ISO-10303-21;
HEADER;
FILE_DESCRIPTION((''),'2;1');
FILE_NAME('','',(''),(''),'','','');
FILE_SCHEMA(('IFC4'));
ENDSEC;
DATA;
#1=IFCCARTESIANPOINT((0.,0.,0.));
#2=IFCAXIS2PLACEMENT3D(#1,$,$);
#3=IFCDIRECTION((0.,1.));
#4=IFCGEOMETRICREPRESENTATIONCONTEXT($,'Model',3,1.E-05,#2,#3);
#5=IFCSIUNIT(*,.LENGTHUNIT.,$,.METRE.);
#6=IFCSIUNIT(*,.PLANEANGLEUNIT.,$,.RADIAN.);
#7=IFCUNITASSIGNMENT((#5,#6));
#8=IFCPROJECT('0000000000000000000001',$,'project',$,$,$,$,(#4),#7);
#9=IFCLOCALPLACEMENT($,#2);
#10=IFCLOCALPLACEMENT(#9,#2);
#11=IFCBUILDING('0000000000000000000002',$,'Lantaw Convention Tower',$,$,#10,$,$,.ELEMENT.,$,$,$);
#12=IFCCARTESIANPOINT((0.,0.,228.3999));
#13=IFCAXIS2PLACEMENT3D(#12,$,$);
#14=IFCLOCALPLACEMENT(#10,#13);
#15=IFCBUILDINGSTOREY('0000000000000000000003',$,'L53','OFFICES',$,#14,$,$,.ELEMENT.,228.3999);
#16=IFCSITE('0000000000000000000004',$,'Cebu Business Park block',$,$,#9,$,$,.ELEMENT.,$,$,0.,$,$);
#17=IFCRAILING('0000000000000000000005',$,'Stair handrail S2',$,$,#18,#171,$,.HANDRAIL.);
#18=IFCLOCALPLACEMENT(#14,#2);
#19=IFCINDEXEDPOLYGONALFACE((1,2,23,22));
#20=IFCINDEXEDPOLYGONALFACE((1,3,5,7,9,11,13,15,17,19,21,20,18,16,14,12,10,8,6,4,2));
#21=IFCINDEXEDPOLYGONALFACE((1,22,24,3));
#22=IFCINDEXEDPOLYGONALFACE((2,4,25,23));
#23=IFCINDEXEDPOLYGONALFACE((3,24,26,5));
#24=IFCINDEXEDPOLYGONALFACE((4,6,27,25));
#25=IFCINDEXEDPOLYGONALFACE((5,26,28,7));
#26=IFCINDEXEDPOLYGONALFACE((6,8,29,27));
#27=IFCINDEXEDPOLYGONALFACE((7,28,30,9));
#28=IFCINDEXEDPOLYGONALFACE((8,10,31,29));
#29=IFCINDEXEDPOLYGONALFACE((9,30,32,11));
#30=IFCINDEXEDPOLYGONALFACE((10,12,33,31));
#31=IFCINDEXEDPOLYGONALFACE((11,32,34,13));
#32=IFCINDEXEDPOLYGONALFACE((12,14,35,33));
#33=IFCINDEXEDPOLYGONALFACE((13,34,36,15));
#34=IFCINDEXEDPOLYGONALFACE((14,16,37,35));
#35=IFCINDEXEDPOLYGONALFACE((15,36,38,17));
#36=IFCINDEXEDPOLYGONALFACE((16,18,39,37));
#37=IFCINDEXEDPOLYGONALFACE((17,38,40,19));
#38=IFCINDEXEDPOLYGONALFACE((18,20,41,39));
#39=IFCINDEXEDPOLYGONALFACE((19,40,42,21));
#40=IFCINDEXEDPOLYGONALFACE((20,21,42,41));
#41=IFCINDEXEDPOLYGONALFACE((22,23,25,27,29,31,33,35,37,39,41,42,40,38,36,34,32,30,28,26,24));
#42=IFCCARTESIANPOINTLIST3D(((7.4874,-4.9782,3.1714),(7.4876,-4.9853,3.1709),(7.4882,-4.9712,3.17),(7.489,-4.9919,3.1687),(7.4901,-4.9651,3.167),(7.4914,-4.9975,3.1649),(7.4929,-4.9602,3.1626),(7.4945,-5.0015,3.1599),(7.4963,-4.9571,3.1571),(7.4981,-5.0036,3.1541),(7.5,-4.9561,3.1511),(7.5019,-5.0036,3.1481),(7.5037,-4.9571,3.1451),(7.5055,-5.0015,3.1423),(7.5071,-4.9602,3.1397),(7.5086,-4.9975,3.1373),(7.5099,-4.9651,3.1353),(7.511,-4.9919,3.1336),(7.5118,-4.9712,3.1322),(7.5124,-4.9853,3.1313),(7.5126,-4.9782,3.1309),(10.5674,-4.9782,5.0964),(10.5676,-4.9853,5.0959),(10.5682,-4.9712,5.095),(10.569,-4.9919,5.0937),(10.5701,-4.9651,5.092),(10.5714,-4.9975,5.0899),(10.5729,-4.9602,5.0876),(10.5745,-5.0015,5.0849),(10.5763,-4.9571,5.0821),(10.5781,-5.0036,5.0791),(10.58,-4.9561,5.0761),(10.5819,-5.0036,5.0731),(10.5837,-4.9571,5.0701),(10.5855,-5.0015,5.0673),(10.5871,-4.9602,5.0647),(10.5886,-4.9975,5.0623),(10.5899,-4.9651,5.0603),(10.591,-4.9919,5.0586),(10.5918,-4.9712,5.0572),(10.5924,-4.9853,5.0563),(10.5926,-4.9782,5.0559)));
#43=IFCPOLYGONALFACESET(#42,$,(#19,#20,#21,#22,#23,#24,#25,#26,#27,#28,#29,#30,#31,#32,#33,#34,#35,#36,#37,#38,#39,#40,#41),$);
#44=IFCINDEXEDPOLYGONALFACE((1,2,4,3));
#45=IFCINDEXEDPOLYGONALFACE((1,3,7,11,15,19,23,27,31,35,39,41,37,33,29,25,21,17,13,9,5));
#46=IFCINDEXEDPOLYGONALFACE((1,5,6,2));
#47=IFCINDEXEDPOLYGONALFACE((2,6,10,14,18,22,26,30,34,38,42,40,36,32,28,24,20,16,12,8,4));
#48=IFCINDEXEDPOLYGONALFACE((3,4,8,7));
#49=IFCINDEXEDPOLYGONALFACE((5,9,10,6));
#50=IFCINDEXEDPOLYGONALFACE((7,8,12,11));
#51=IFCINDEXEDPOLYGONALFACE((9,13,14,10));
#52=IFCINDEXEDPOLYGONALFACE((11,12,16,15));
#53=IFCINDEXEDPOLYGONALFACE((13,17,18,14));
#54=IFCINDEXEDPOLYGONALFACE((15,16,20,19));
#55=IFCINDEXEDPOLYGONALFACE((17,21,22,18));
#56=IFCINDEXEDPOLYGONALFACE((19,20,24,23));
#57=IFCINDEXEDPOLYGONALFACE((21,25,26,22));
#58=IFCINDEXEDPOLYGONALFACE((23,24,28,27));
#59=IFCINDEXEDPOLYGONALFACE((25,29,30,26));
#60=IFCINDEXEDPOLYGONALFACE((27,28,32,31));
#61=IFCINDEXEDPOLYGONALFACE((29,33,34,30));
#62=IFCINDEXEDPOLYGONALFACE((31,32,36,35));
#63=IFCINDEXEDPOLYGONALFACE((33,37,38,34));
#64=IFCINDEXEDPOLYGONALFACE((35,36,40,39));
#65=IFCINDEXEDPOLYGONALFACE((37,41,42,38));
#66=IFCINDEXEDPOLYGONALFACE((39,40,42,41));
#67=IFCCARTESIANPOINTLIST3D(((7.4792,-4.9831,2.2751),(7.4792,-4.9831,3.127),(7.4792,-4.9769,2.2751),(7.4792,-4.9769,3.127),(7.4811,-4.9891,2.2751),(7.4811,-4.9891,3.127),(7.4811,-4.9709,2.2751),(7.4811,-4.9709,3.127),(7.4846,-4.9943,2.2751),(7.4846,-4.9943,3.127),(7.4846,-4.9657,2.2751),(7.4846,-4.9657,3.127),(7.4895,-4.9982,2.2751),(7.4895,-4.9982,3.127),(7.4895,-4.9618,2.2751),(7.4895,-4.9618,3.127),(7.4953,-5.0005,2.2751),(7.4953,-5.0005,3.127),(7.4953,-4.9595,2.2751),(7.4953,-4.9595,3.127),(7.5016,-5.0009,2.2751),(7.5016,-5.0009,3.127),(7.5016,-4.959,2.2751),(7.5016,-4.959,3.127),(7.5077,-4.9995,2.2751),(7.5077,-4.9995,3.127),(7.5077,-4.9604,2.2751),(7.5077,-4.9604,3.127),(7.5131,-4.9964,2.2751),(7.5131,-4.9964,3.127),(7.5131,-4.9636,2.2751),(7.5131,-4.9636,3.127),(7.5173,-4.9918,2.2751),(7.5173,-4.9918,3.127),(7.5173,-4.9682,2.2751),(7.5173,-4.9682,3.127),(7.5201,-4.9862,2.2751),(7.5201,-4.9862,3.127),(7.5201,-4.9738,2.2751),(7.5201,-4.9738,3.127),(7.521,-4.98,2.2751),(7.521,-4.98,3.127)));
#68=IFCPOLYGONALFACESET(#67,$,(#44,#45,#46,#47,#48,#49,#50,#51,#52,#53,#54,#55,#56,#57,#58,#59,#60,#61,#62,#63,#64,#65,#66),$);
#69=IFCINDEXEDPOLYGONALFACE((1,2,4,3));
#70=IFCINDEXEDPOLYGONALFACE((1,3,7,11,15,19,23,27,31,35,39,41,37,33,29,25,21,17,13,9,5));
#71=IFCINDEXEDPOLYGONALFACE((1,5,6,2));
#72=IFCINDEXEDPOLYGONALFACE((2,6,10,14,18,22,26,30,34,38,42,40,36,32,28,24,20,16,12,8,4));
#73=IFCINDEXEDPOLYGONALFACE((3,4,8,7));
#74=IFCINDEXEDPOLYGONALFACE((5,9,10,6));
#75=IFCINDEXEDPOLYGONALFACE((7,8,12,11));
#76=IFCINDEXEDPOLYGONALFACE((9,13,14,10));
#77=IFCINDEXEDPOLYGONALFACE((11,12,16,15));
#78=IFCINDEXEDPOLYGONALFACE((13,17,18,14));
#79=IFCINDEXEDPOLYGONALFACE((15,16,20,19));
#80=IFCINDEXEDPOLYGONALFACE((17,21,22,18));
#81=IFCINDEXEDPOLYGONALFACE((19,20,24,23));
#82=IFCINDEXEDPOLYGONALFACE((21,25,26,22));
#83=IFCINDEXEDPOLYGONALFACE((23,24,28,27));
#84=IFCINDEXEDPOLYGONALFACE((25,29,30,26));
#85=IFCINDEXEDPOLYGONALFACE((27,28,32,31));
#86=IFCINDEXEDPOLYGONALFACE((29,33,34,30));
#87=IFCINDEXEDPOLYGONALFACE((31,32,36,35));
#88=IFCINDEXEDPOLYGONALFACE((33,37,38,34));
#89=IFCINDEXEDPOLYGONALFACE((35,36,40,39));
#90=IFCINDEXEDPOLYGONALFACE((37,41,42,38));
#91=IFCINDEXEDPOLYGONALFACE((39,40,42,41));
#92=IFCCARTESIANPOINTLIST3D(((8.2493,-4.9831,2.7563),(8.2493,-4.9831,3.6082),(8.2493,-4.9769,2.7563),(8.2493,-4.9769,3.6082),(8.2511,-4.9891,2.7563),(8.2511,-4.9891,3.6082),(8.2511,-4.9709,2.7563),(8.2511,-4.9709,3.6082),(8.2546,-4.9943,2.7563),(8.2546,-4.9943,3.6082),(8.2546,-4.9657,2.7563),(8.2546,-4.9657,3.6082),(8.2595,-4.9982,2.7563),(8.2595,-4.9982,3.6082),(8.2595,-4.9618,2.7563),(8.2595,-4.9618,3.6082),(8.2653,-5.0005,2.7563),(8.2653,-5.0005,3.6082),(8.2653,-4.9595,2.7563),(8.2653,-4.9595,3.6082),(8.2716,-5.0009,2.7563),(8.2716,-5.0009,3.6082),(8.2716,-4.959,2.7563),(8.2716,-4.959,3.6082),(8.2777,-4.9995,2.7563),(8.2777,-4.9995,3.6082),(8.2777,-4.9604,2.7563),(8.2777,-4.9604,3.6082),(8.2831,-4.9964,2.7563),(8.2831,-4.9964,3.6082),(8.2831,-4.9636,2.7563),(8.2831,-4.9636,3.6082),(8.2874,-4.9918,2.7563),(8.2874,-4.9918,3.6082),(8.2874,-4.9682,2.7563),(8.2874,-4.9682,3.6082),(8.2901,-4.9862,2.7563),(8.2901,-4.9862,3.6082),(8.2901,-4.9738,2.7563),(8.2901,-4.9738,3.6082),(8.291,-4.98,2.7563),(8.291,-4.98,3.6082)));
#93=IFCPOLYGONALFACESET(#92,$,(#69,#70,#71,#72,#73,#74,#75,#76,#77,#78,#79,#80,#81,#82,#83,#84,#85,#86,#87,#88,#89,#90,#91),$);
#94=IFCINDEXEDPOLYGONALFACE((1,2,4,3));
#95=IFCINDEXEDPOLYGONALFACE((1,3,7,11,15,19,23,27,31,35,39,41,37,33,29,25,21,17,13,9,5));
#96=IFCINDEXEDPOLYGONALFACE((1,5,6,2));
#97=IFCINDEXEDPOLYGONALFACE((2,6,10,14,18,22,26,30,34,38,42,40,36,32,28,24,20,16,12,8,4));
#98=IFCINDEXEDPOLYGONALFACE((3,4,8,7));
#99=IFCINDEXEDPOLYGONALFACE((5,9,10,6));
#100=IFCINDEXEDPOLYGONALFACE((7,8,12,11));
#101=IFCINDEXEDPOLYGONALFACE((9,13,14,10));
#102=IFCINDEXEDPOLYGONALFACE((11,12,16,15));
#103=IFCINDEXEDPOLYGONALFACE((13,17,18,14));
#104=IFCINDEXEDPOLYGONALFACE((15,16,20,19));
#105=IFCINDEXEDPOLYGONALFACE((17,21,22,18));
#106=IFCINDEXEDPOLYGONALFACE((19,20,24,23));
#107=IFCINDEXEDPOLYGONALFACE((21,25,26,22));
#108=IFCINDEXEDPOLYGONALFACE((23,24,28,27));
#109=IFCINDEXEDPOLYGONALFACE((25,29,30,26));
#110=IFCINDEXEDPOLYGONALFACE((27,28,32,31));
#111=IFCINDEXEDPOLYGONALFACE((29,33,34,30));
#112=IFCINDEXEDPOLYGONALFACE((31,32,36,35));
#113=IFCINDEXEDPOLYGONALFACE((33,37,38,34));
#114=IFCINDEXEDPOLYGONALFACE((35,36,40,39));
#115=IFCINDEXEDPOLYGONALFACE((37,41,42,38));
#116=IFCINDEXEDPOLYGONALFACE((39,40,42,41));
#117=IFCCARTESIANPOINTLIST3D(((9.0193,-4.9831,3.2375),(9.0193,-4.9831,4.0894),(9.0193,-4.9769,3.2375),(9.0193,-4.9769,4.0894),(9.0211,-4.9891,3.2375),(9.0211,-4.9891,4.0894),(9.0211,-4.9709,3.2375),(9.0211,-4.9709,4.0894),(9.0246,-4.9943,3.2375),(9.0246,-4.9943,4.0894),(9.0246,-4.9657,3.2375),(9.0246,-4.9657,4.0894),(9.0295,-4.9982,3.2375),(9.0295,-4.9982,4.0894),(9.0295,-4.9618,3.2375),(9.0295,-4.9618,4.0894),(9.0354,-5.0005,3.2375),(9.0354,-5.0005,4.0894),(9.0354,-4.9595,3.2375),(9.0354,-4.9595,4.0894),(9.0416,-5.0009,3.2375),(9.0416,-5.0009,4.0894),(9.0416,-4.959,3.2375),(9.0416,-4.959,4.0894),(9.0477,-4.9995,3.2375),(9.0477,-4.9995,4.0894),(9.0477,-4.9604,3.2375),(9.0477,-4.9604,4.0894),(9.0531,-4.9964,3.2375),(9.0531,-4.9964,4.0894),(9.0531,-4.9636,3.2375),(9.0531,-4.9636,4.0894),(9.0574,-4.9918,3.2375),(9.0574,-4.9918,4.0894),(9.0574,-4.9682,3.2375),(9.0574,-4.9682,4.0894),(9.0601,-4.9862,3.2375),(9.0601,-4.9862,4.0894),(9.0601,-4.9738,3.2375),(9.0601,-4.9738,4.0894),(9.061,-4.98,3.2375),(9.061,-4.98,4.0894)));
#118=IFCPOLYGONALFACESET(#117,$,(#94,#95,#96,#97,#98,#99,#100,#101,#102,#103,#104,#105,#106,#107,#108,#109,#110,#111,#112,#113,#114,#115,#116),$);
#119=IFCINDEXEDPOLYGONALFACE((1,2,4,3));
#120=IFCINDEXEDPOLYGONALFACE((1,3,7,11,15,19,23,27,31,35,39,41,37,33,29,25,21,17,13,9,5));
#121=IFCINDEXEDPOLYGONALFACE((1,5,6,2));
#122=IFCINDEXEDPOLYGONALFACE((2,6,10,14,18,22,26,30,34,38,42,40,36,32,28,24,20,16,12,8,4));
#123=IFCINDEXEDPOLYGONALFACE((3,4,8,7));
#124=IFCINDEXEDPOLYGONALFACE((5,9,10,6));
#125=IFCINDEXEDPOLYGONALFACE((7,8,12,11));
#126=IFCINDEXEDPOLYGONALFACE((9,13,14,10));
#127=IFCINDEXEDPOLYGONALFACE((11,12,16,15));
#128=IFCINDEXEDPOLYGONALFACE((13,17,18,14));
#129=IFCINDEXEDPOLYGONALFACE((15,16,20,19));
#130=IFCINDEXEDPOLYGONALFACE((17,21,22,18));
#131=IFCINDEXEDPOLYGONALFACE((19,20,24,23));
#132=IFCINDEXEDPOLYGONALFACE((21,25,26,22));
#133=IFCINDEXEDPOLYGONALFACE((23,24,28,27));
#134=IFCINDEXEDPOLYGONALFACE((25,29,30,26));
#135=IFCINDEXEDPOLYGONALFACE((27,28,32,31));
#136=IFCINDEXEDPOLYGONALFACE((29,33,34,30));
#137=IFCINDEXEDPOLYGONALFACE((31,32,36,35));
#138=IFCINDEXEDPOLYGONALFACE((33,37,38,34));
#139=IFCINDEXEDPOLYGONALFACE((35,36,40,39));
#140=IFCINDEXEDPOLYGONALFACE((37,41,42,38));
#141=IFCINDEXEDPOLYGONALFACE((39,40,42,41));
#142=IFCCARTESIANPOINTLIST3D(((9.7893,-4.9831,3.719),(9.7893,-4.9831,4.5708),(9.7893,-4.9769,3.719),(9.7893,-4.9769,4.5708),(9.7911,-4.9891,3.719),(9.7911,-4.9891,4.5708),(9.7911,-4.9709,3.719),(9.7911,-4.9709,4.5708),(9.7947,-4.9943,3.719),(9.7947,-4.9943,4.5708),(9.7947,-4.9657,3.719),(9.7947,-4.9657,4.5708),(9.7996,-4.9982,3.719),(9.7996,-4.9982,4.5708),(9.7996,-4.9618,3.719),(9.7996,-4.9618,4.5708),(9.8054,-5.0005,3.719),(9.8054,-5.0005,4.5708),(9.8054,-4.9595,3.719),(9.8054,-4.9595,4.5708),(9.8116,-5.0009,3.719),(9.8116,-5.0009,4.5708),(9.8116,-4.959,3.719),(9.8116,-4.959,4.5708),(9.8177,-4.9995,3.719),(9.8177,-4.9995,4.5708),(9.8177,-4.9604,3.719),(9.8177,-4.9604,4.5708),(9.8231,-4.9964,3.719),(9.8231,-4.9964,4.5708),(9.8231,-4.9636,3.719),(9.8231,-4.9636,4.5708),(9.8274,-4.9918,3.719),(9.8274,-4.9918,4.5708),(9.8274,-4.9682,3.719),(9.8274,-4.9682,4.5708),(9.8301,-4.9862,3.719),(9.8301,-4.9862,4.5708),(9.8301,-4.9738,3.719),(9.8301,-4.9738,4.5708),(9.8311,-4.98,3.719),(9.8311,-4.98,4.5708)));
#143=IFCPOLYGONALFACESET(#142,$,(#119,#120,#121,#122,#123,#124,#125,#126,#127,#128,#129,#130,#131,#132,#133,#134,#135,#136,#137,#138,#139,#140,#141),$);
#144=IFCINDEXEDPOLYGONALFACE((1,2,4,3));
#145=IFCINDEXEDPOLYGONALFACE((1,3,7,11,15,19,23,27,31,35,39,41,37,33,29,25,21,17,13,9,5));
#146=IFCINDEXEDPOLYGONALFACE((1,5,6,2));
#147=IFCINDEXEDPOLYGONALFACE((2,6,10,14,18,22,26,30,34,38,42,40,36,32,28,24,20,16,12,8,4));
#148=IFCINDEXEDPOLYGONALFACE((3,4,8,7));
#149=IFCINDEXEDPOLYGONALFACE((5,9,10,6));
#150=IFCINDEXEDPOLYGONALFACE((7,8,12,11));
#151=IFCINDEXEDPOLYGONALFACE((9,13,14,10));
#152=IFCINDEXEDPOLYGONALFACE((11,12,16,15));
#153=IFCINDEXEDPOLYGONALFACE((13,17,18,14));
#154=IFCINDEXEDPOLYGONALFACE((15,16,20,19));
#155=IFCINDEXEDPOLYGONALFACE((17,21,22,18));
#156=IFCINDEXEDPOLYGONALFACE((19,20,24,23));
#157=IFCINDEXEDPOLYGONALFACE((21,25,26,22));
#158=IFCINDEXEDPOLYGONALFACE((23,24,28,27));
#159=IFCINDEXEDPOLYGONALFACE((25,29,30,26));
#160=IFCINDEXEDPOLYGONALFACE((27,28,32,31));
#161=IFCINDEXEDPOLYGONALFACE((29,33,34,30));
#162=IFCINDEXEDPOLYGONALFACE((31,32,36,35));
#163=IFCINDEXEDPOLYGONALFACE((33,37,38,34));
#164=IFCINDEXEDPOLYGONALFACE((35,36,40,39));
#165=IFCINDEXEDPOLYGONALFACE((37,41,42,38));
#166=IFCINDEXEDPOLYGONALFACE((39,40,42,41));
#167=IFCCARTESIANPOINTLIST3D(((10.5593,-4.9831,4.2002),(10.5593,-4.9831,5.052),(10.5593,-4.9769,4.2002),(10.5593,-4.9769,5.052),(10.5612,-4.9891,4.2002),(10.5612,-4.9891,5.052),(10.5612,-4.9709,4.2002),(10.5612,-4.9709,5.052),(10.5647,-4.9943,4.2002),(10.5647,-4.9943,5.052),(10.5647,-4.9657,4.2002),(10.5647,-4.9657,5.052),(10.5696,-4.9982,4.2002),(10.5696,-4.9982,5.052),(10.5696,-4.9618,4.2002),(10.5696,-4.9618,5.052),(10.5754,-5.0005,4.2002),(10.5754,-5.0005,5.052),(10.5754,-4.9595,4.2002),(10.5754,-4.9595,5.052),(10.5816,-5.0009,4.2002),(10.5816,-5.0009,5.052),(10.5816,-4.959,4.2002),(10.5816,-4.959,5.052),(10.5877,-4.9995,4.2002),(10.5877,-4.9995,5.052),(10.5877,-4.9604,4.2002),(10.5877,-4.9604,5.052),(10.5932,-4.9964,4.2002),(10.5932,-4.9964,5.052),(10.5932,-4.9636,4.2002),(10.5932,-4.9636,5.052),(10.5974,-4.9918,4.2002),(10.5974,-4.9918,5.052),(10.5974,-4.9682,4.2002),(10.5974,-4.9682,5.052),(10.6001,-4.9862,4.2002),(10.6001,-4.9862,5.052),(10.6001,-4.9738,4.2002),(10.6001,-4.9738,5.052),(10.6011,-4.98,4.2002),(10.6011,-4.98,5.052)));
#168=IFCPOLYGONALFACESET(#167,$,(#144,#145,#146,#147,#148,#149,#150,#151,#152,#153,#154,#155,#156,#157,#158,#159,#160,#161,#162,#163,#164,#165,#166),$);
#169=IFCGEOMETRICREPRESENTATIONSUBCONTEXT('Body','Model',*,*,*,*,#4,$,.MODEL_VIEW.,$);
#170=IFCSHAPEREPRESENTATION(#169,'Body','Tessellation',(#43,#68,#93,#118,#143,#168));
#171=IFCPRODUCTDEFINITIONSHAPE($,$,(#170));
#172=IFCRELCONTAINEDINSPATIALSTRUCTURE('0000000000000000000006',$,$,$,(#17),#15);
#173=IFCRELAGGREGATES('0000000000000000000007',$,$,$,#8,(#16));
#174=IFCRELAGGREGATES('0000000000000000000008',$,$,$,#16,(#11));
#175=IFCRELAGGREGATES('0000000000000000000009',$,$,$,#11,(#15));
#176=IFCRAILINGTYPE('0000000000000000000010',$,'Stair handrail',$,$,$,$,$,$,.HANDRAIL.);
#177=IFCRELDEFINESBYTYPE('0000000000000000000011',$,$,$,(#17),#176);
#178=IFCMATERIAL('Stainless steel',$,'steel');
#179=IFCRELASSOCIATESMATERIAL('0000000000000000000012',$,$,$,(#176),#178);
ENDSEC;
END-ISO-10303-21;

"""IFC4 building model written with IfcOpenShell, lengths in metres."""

from ifc_helpers import new_model, si_unit, direction, frame, origin, origin_2d, place, context, subcontext, project, spatial, circle, extrude, material, type_object, element, save


model = new_model("IFC4")

# Units and contexts
model_context = context("Model", 3, precision=1e-05, world=origin(), true_north=direction((0.0, 1.0)))
body_context = subcontext(model_context, "Body", "Model", "MODEL_VIEW")
ifc_project = project(units=[si_unit("LENGTHUNIT", "METRE"), si_unit("PLANEANGLEUNIT", "RADIAN")], contexts=[model_context])

# Site, building, storey
site_placement = place(None, origin())
site = spatial("IfcSite", under=ifc_project, at=site_placement, Name="Cebu Business Park block", CompositionType="ELEMENT", RefElevation=0.0)
building_placement = place(site_placement, origin())
building = spatial("IfcBuilding", under=site, at=building_placement, Name="Lantaw Convention Tower", CompositionType="ELEMENT")
storey_placement = place(building_placement, frame((0.0, 0.0, 228.3999)))
storey = spatial("IfcBuildingStorey", under=building, at=storey_placement, Name="L53", Description="OFFICES", CompositionType="ELEMENT", Elevation=228.3999)

# Railing
ifc_material_1 = material(Name="Stainless steel", Category="steel")
railing_type = type_object("IfcRailingType", Name="Stair handrail", PredefinedType="HANDRAIL", material=ifc_material_1)
railing_1_placement = place(storey_placement, frame((7.5, -4.98, 2.2751)))
element("IfcRailing", 1, at=railing_1_placement, inside=storey, type_object=railing_type, Name="Stair handrail S2", PredefinedType="HANDRAIL", context=body_context, shape_type="SweptSolid", body=[
    extrude(circle(Radius=0.0239, at=origin_2d()), frame((0.0, 0.0, 0.876), z_axis=(0.847998, 0.0, 0.529999), x_axis=(0.0, 1.0, 0.0)), (0.0, 0.0, 1.0), 3.6321),
    extrude(circle(Radius=0.021, at=origin_2d()), origin(), (0.0, 0.0, 1.0), 0.8518),
    extrude(circle(Radius=0.021, at=origin_2d()), frame((0.77, 0.0, 0.4812)), (0.0, 0.0, 1.0), 0.8518),
    extrude(circle(Radius=0.021, at=origin_2d()), frame((1.54, 0.0, 0.9624)), (0.0, 0.0, 1.0), 0.8518),
    extrude(circle(Radius=0.021, at=origin_2d()), frame((2.3101, 0.0, 1.4438)), (0.0, 0.0, 1.0), 0.8518),
    extrude(circle(Radius=0.021, at=origin_2d()), frame((3.0801, 0.0, 1.925)), (0.0, 0.0, 1.0), 0.8518),
])

save(model, "model.ifc")
